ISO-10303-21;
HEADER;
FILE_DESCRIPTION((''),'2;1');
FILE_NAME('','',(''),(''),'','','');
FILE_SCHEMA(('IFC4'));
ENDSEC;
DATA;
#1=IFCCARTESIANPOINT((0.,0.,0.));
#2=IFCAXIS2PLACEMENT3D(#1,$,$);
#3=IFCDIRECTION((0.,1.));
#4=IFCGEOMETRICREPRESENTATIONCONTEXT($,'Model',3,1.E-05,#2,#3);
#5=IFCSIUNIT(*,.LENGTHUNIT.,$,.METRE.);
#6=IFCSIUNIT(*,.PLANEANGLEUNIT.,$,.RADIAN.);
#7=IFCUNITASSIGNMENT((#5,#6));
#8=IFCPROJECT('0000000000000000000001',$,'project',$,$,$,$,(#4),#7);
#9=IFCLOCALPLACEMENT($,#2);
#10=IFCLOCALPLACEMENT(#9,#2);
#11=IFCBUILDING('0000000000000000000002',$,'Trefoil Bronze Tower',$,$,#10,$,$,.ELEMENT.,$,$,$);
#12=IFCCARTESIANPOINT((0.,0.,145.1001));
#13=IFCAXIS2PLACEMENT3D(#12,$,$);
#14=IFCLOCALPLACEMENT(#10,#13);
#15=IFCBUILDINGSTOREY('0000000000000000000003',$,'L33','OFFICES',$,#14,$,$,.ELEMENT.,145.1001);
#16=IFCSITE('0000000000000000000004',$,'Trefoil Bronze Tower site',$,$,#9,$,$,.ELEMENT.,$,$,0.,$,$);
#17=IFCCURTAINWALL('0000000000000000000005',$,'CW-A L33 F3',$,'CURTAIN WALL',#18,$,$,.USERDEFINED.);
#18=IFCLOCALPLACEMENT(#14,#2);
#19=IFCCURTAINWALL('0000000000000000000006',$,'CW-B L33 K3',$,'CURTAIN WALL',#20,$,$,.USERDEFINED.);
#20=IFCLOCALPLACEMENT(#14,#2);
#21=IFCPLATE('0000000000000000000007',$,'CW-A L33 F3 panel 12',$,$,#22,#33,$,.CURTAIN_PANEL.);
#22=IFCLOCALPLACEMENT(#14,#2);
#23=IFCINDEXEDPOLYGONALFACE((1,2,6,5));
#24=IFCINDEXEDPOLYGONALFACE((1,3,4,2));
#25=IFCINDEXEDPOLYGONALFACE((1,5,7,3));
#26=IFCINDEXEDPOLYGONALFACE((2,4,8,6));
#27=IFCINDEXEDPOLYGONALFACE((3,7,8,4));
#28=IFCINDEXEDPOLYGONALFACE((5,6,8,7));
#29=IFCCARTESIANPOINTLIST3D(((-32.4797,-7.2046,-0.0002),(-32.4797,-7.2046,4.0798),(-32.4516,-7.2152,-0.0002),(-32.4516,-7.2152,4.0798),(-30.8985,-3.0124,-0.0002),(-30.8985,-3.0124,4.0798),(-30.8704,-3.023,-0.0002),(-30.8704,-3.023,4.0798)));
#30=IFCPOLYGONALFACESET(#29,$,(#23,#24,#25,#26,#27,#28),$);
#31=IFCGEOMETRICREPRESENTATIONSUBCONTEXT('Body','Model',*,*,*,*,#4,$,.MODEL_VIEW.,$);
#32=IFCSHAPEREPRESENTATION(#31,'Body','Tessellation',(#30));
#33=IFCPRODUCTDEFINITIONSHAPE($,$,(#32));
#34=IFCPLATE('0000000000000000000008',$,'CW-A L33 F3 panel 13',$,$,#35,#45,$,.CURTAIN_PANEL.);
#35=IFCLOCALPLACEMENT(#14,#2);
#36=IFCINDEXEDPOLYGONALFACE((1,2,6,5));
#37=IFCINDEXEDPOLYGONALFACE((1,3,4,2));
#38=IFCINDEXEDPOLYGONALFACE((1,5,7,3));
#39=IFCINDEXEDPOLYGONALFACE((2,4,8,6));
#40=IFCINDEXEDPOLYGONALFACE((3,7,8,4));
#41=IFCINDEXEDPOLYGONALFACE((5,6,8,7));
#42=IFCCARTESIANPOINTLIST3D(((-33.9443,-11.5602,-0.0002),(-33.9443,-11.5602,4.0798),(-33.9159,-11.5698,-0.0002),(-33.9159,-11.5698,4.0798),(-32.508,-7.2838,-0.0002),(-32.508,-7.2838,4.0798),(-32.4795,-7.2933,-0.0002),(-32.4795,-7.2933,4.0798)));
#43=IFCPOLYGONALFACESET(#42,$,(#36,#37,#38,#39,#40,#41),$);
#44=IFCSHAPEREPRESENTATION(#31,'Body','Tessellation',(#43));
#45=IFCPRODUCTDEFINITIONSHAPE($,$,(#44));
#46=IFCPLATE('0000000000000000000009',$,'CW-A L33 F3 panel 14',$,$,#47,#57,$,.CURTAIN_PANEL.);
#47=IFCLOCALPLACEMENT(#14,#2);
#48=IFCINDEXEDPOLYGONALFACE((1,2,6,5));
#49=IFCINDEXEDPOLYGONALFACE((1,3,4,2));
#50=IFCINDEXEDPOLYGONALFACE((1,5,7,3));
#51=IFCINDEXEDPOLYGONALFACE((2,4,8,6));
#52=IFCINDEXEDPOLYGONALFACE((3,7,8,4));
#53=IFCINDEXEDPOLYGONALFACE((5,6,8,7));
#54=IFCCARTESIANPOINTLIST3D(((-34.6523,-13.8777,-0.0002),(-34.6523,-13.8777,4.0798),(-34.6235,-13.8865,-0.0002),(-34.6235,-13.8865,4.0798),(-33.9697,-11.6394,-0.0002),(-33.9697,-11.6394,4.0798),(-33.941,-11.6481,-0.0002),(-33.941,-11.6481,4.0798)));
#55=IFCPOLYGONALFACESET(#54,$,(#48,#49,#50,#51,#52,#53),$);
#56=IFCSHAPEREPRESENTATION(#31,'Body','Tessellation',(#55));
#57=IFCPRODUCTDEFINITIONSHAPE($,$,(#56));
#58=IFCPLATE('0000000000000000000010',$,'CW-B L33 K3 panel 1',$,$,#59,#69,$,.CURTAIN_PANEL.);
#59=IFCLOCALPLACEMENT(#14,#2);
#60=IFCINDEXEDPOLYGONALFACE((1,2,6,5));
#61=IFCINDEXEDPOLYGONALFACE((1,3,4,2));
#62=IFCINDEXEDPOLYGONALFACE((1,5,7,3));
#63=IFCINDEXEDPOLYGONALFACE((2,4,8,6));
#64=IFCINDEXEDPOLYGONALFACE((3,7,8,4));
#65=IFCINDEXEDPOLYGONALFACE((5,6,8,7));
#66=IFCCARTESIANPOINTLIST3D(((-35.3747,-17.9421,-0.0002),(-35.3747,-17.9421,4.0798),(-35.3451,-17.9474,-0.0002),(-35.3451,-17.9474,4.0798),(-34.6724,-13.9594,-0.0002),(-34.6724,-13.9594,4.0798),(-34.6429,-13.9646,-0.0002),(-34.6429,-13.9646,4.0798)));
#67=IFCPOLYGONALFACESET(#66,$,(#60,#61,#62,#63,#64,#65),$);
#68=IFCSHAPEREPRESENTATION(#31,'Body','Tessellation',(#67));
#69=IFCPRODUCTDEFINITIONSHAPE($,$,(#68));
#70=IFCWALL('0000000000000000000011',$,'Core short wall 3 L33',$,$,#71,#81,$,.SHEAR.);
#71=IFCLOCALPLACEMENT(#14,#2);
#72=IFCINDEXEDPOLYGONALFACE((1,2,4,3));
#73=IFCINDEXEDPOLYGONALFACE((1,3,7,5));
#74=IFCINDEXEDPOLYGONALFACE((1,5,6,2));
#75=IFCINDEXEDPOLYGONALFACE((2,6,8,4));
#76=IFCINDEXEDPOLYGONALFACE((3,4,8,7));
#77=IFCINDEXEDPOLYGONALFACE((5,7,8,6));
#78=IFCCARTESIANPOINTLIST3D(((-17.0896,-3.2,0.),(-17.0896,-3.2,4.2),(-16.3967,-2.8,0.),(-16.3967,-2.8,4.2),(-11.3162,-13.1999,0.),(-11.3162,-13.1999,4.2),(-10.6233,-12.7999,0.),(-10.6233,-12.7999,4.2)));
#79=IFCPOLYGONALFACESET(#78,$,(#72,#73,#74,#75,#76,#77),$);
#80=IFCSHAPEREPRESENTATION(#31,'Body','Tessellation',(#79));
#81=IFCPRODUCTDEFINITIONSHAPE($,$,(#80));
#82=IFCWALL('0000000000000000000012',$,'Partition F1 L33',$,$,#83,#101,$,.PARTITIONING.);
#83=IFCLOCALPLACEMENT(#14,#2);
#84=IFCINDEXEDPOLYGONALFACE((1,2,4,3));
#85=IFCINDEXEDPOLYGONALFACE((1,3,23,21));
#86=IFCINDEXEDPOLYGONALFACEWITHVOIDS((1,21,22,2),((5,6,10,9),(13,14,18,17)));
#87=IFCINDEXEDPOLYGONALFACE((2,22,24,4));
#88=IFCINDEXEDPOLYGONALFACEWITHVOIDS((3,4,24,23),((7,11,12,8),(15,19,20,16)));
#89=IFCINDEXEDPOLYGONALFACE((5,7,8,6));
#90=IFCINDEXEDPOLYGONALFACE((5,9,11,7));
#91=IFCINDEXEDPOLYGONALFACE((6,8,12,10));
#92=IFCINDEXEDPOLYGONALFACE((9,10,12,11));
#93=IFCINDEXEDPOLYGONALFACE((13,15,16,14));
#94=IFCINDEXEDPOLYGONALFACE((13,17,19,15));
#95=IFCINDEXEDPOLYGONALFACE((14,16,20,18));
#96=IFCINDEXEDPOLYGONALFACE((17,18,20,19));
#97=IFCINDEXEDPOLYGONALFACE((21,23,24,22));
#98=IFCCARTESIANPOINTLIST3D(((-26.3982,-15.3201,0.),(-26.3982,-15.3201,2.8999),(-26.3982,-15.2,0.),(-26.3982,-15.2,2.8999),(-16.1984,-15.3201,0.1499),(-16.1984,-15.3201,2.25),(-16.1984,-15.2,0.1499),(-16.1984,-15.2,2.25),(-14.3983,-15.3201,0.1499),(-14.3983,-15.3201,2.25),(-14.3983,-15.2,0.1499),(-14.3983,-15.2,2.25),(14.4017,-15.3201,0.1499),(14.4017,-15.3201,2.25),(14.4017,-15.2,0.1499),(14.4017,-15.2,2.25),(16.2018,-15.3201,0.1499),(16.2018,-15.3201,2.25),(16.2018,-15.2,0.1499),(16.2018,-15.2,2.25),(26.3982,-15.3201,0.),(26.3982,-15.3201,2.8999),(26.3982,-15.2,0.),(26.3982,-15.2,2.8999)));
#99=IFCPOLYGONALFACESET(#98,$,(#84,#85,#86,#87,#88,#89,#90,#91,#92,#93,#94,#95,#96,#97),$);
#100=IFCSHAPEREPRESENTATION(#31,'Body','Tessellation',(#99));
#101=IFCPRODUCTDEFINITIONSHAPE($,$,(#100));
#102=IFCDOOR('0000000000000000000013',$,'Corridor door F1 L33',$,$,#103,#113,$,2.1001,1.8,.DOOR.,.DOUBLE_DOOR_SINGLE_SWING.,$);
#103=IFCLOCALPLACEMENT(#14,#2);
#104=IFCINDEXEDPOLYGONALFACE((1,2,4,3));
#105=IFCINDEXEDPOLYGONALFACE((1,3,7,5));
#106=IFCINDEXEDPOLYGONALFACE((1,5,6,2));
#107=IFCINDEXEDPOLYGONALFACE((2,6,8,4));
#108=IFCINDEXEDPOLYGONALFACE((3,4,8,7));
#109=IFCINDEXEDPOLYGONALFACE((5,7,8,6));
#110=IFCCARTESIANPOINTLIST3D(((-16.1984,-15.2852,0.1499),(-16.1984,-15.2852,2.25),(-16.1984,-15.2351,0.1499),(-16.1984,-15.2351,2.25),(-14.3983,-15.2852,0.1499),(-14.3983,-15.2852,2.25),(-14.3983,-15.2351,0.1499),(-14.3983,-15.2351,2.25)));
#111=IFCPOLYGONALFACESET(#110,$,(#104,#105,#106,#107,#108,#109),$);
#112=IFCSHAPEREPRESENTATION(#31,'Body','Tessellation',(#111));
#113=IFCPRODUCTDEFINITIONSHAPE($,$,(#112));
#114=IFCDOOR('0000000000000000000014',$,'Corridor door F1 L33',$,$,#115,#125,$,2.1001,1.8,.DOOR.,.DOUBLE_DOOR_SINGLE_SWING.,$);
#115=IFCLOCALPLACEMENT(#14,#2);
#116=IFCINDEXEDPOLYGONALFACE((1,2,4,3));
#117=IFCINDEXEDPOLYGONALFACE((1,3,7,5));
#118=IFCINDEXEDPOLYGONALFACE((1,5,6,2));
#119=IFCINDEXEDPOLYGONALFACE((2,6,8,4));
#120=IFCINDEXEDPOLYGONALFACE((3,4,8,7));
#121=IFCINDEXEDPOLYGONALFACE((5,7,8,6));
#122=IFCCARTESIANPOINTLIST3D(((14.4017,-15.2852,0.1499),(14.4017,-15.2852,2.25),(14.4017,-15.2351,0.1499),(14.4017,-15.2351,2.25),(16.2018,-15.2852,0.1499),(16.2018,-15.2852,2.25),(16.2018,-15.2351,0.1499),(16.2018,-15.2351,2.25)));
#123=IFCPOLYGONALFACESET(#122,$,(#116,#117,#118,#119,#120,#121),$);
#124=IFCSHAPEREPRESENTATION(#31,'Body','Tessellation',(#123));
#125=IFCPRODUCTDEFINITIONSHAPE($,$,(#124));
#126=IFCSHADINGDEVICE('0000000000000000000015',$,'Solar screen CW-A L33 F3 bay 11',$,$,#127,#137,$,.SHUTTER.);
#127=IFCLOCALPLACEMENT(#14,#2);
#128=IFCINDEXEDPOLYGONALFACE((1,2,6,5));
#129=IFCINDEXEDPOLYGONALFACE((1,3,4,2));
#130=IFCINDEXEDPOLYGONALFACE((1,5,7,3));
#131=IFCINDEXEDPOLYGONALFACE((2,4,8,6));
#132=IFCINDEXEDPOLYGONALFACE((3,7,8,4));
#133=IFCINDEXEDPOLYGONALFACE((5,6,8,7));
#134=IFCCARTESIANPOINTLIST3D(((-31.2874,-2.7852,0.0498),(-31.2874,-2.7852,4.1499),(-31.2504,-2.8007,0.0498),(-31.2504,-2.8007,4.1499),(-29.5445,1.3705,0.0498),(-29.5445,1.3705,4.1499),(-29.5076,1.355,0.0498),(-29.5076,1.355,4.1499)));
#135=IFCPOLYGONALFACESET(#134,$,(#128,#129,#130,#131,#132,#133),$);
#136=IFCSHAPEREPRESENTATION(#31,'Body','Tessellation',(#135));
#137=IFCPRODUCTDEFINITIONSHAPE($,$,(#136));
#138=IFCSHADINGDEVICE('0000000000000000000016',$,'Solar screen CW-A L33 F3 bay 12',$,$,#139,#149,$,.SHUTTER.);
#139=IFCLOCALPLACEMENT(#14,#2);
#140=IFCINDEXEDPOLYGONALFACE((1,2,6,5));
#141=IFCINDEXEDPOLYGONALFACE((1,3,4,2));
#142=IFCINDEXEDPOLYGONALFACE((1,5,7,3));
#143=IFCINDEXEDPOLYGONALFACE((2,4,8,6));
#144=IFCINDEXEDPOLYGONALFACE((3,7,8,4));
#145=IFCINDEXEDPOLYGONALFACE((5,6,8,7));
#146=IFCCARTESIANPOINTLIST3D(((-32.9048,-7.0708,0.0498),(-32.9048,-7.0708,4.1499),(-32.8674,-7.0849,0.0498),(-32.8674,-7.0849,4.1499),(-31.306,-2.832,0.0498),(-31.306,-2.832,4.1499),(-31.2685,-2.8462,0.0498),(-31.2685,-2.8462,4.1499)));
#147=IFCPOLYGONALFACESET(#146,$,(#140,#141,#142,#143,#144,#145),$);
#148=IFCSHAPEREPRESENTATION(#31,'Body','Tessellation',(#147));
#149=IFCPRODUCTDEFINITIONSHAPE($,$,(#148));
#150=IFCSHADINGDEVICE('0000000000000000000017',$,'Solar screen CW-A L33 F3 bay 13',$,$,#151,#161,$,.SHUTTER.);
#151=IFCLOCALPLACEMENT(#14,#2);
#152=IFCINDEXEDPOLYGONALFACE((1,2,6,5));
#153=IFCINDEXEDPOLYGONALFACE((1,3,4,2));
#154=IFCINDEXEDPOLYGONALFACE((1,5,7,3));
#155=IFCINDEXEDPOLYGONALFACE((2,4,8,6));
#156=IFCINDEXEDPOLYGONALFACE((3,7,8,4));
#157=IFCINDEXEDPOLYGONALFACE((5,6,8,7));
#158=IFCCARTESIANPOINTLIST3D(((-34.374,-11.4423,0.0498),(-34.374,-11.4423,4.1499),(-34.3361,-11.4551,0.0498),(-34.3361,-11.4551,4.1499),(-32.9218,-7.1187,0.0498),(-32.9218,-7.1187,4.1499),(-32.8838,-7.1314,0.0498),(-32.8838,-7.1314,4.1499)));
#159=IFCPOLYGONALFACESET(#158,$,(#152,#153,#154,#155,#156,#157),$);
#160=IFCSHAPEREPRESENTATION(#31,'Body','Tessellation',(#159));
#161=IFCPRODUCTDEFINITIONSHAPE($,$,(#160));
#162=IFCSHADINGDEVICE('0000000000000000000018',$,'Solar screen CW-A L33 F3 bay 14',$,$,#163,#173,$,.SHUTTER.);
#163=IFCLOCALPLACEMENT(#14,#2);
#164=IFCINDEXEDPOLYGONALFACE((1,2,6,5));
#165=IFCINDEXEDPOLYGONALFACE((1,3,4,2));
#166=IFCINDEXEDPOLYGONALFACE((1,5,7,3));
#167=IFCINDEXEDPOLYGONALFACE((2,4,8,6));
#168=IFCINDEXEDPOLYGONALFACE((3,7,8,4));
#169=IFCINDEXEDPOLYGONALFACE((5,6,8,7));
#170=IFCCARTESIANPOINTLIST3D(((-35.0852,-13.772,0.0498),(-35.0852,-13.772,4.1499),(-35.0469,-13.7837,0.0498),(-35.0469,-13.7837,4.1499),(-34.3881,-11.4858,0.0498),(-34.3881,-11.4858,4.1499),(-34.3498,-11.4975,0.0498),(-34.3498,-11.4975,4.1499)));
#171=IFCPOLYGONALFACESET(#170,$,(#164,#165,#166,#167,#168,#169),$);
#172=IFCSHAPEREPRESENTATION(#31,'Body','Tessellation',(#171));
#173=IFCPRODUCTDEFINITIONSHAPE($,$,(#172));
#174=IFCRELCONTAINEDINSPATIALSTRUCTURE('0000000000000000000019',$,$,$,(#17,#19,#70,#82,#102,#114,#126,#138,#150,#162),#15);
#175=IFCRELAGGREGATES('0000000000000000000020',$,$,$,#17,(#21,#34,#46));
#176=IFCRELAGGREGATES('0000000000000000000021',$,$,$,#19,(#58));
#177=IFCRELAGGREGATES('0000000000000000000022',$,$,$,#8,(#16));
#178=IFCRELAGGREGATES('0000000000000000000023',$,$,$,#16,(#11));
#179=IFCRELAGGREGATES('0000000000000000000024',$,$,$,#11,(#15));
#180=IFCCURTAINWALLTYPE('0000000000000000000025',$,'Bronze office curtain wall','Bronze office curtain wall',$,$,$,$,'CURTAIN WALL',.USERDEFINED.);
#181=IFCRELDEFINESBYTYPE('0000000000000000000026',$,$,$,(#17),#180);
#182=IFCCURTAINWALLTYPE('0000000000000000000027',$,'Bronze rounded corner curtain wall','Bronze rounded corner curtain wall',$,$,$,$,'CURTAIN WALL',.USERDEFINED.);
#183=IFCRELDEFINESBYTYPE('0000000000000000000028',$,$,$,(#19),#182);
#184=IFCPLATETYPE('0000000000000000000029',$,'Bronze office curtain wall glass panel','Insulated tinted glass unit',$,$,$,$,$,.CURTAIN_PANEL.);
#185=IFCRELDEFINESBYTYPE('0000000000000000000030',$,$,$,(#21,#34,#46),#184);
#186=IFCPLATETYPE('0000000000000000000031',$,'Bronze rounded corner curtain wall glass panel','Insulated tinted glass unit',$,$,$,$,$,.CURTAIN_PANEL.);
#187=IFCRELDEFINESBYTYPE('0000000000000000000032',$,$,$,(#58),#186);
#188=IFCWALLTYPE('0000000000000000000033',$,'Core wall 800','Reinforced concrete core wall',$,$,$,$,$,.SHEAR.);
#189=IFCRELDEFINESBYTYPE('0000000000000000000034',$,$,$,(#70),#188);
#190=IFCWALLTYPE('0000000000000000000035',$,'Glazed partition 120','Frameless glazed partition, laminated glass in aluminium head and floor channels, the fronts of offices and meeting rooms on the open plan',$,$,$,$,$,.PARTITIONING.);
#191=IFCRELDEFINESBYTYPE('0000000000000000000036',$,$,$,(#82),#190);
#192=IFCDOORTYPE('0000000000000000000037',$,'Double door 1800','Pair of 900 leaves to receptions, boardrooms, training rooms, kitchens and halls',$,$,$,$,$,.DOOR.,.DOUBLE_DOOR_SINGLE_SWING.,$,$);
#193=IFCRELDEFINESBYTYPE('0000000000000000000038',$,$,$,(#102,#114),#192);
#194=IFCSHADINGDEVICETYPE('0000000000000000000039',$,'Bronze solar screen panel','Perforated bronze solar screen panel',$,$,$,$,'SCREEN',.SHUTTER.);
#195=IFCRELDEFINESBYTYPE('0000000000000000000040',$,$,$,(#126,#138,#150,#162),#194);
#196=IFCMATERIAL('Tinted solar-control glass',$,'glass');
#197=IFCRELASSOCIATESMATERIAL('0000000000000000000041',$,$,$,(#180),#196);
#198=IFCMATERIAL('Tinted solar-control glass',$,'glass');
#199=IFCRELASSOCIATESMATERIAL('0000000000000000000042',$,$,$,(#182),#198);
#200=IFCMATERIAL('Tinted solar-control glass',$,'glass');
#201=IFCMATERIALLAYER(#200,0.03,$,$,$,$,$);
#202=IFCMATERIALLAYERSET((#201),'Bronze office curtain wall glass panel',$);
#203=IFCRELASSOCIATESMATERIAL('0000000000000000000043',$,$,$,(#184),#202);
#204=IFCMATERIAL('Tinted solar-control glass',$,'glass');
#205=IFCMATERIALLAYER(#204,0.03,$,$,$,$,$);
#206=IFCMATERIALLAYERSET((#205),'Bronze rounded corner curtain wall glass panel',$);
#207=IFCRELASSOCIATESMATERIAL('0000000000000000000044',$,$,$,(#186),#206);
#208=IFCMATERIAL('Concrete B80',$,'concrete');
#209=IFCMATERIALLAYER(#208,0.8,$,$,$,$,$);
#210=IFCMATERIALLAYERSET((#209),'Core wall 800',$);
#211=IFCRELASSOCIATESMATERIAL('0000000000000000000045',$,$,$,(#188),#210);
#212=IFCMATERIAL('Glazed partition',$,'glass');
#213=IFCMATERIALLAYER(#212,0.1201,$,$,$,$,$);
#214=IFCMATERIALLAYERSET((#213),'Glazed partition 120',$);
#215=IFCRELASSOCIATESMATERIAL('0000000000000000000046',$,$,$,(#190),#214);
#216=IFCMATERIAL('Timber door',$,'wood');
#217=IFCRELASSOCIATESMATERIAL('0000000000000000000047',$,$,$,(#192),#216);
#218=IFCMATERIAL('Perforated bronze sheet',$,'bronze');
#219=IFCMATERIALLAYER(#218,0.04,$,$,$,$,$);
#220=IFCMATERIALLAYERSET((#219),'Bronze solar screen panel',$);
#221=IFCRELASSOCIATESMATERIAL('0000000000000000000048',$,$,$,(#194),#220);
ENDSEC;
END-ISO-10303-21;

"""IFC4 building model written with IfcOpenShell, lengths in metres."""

from ifc_helpers import new_model, si_unit, direction, frame, frame_2d, origin, origin_2d, place, context, subcontext, project, spatial, rectangle, extrude, material, layer, layer_set, type_object, element, fill, aggregate, save


model = new_model("IFC4")

# Units and contexts
model_context = context("Model", 3, precision=1e-05, world=origin(), true_north=direction((0.0, 1.0)))
body_context = subcontext(model_context, "Body", "Model", "MODEL_VIEW")
ifc_project = project(units=[si_unit("LENGTHUNIT", "METRE"), si_unit("PLANEANGLEUNIT", "RADIAN")], contexts=[model_context])

# Site, building, storey
site_placement = place(None, origin())
site = spatial("IfcSite", under=ifc_project, at=site_placement, Name="Trefoil Bronze Tower site", CompositionType="ELEMENT", RefElevation=0.0)
building_placement = place(site_placement, origin())
building = spatial("IfcBuilding", under=site, at=building_placement, Name="Trefoil Bronze Tower", CompositionType="ELEMENT")
storey_placement = place(building_placement, frame((0.0, 0.0, 145.1001)))
storey = spatial("IfcBuildingStorey", under=building, at=storey_placement, Name="L33", Description="OFFICES", CompositionType="ELEMENT", Elevation=145.1001)

# Curtain walls
ifc_material_1 = material(Name="Tinted solar-control glass", Category="glass")
curtain_wall_type_1 = type_object("IfcCurtainWallType", Name="Bronze office curtain wall", Description="Bronze office curtain wall", ElementType="CURTAIN WALL", PredefinedType="USERDEFINED", material=ifc_material_1)
curtain_wall_1_placement = place(storey_placement, origin())
curtain_wall_1 = element("IfcCurtainWall", 1, at=curtain_wall_1_placement, inside=storey, type_object=curtain_wall_type_1, Name="CW-A L33 F3", ObjectType="CURTAIN WALL", PredefinedType="USERDEFINED")
ifc_material_2 = material(Name="Tinted solar-control glass", Category="glass")
curtain_wall_type_2 = type_object("IfcCurtainWallType", Name="Bronze rounded corner curtain wall", Description="Bronze rounded corner curtain wall", ElementType="CURTAIN WALL", PredefinedType="USERDEFINED", material=ifc_material_2)
curtain_wall_2_placement = place(storey_placement, origin())
curtain_wall_2 = element("IfcCurtainWall", 2, at=curtain_wall_2_placement, inside=storey, type_object=curtain_wall_type_2, Name="CW-B L33 K3", ObjectType="CURTAIN WALL", PredefinedType="USERDEFINED")

# Plates
ifc_material_3 = material(Name="Tinted solar-control glass", Category="glass")
ifc_layer_1 = layer(ifc_material_3, 0.03)
ifc_layer_set_1 = layer_set([ifc_layer_1], Name="Bronze office curtain wall glass panel")
plate_type_1 = type_object("IfcPlateType", Name="Bronze office curtain wall glass panel", Description="Insulated tinted glass unit", PredefinedType="CURTAIN_PANEL", material=ifc_layer_set_1)
plate_1_placement = place(storey_placement, frame((-31.675, -5.1138, -0.0002), z_axis=(0.0, 0.0, 1.0), x_axis=(-0.35292, -0.935654, 0.0)))
plate_1 = element("IfcPlate", 3, at=plate_1_placement, type_object=plate_type_1, Name="CW-A L33 F3 panel 12", PredefinedType="CURTAIN_PANEL", context=body_context, shape_type="SweptSolid", body=[
    extrude(rectangle(XDim=4.4805, YDim=0.03, at=origin_2d()), origin(), (0.0, 0.0, 1.0), 4.0801),
])
plate_2_placement = place(storey_placement, frame((-33.2119, -9.4268, -0.0002), z_axis=(0.0, 0.0, 1.0), x_axis=(-0.318404, -0.947955, 0.0)))
plate_2 = element("IfcPlate", 4, at=plate_2_placement, type_object=plate_type_1, Name="CW-A L33 F3 panel 13", PredefinedType="CURTAIN_PANEL", context=body_context, shape_type="SweptSolid", body=[
    extrude(rectangle(XDim=4.5112, YDim=0.03, at=origin_2d()), origin(), (0.0, 0.0, 1.0), 4.0801),
])
plate_3_placement = place(storey_placement, frame((-34.2966, -12.7629, -0.0002), z_axis=(0.0, 0.0, 1.0), x_axis=(-0.291669, -0.956519, 0.0)))
plate_3 = element("IfcPlate", 5, at=plate_3_placement, type_object=plate_type_1, Name="CW-A L33 F3 panel 14", PredefinedType="CURTAIN_PANEL", context=body_context, shape_type="SweptSolid", body=[
    extrude(rectangle(XDim=2.3401, YDim=0.03, at=origin_2d()), origin(), (0.0, 0.0, 1.0), 4.0801),
])
aggregate(curtain_wall_1, [plate_1, plate_2, plate_3])
ifc_material_4 = material(Name="Tinted solar-control glass", Category="glass")
ifc_layer_2 = layer(ifc_material_4, 0.03)
ifc_layer_set_2 = layer_set([ifc_layer_2], Name="Bronze rounded corner curtain wall glass panel")
plate_type_2 = type_object("IfcPlateType", Name="Bronze rounded corner curtain wall glass panel", Description="Insulated tinted glass unit", PredefinedType="CURTAIN_PANEL", material=ifc_layer_set_2)
plate_4_placement = place(storey_placement, frame((-35.0088, -15.9534, -0.0002), z_axis=(0.0, 0.0, 1.0), x_axis=(-0.173648, -0.984808, 0.0)))
plate_4 = element("IfcPlate", 6, at=plate_4_placement, type_object=plate_type_2, Name="CW-B L33 K3 panel 1", PredefinedType="CURTAIN_PANEL", context=body_context, shape_type="SweptSolid", body=[
    extrude(rectangle(XDim=4.0442, YDim=0.03, at=origin_2d()), origin(), (0.0, 0.0, 1.0), 4.0801),
])
aggregate(curtain_wall_2, [plate_4])

# Wall
ifc_material_5 = material(Name="Concrete B80", Category="concrete")
ifc_layer_3 = layer(ifc_material_5, 0.8)
ifc_layer_set_3 = layer_set([ifc_layer_3], Name="Core wall 800")
wall_type_1 = type_object("IfcWallType", Name="Core wall 800", Description="Reinforced concrete core wall", PredefinedType="SHEAR", material=ifc_layer_set_3)
wall_1_placement = place(storey_placement, frame((-16.7432, -3.0, 0.0), z_axis=(0.0, 0.0, 1.0), x_axis=(0.499996, -0.866028, 0.0)))
element("IfcWall", 7, at=wall_1_placement, inside=storey, type_object=wall_type_1, Name="Core short wall 3 L33", PredefinedType="SHEAR", context=body_context, shape_type="SweptSolid", body=[
    extrude(rectangle(XDim=11.5469, YDim=0.8, at=frame_2d((5.7734, 0.0))), origin(), (0.0, 0.0, 1.0), 4.2),
])

# Wall, openings, doors
ifc_material_6 = material(Name="Glazed partition", Category="glass")
ifc_layer_4 = layer(ifc_material_6, 0.1201)
ifc_layer_set_4 = layer_set([ifc_layer_4], Name="Glazed partition 120")
wall_type_2 = type_object("IfcWallType", Name="Glazed partition 120", Description="Frameless glazed partition, laminated glass in aluminium head and floor channels, the fronts of offices and meeting rooms on the open plan", PredefinedType="PARTITIONING", material=ifc_layer_set_4)
wall_2_placement = place(storey_placement, frame((-26.3982, -15.26, 0.0), z_axis=(0.0, 0.0, 1.0), x_axis=(1.0, 0.0, 0.0)))
wall_2 = element("IfcWall", 8, at=wall_2_placement, inside=storey, type_object=wall_type_2, Name="Partition F1 L33", PredefinedType="PARTITIONING", context=body_context, shape_type="SweptSolid", body=[
    extrude(rectangle(XDim=52.7964, YDim=0.1201, at=frame_2d((26.3982, 0.0))), origin(), (0.0, 0.0, 1.0), 2.8999),
])
opening_1_placement = place(wall_2_placement, frame((10.2, 0.0, 0.1499)))
opening_1 = element("IfcOpeningElement", 9, at=opening_1_placement, cuts=wall_2, PredefinedType="OPENING", context=body_context, shape_type="SweptSolid", body=[
    extrude(rectangle(XDim=1.8, YDim=2.1001, at=frame_2d((0.8999, 1.05))), frame((0.0, 0.0701, 0.0), z_axis=(0.0, -1.0, 0.0), x_axis=(1.0, 0.0, 0.0)), (0.0, 0.0, 1.0), 0.1401),
])
opening_2_placement = place(wall_2_placement, frame((40.8, 0.0, 0.1499)))
opening_2 = element("IfcOpeningElement", 10, at=opening_2_placement, cuts=wall_2, PredefinedType="OPENING", context=body_context, shape_type="SweptSolid", body=[
    extrude(rectangle(XDim=1.8, YDim=2.1001, at=frame_2d((0.8999, 1.05))), frame((0.0, 0.0701, 0.0), z_axis=(0.0, -1.0, 0.0), x_axis=(1.0, 0.0, 0.0)), (0.0, 0.0, 1.0), 0.1401),
])
ifc_material_7 = material(Name="Timber door", Category="wood")
door_type = type_object("IfcDoorType", Name="Double door 1800", Description="Pair of 900 leaves to receptions, boardrooms, training rooms, kitchens and halls", OperationType="DOUBLE_DOOR_SINGLE_SWING", PredefinedType="DOOR", material=ifc_material_7)
door_1_placement = place(opening_1_placement, origin())
door_1 = element("IfcDoor", 11, at=door_1_placement, inside=storey, type_object=door_type, Name="Corridor door F1 L33", OperationType="DOUBLE_DOOR_SINGLE_SWING", OverallHeight=2.1001, OverallWidth=1.8, PredefinedType="DOOR", context=body_context, shape_type="SweptSolid", body=[
    extrude(rectangle(XDim=1.8, YDim=2.1001, at=frame_2d((0.8999, 1.05))), frame((0.0, 0.0249, 0.0), z_axis=(0.0, -1.0, 0.0), x_axis=(1.0, 0.0, 0.0)), (0.0, 0.0, 1.0), 0.05),
])
fill(opening_1, door_1)
door_2_placement = place(opening_2_placement, origin())
door_2 = element("IfcDoor", 12, at=door_2_placement, inside=storey, type_object=door_type, Name="Corridor door F1 L33", OperationType="DOUBLE_DOOR_SINGLE_SWING", OverallHeight=2.1001, OverallWidth=1.8, PredefinedType="DOOR", context=body_context, shape_type="SweptSolid", body=[
    extrude(rectangle(XDim=1.8, YDim=2.1001, at=frame_2d((0.8999, 1.05))), frame((0.0, 0.0249, 0.0), z_axis=(0.0, -1.0, 0.0), x_axis=(1.0, 0.0, 0.0)), (0.0, 0.0, 1.0), 0.05),
])
fill(opening_2, door_2)

# Shading devices
ifc_material_8 = material(Name="Perforated bronze sheet", Category="bronze")
ifc_layer_5 = layer(ifc_material_8, 0.04)
ifc_layer_set_5 = layer_set([ifc_layer_5], Name="Bronze solar screen panel")
shading_device_type = type_object("IfcShadingDeviceType", Name="Bronze solar screen panel", Description="Perforated bronze solar screen panel", ElementType="SCREEN", PredefinedType="SHUTTER", material=ifc_layer_set_5)
shading_device_1_placement = place(storey_placement, frame((-30.3975, -0.7151, 0.0498), z_axis=(0.0, 0.0, 1.0), x_axis=(-0.386759, -0.922181, 0.0)))
element("IfcShadingDevice", 13, at=shading_device_1_placement, inside=storey, type_object=shading_device_type, Name="Solar screen CW-A L33 F3 bay 11", PredefinedType="SHUTTER", context=body_context, shape_type="SweptSolid", body=[
    extrude(rectangle(XDim=4.5063, YDim=0.04, at=origin_2d()), origin(), (0.0, 0.0, 1.0), 4.1001),
])
shading_device_2_placement = place(storey_placement, frame((-32.0867, -4.9585, 0.0498), z_axis=(0.0, 0.0, 1.0), x_axis=(-0.35292, -0.935654, 0.0)))
element("IfcShadingDevice", 14, at=shading_device_2_placement, inside=storey, type_object=shading_device_type, Name="Solar screen CW-A L33 F3 bay 12", PredefinedType="SHUTTER", context=body_context, shape_type="SweptSolid", body=[
    extrude(rectangle(XDim=4.5303, YDim=0.04, at=origin_2d()), origin(), (0.0, 0.0, 1.0), 4.1001),
])
shading_device_3_placement = place(storey_placement, frame((-33.6289, -9.2869, 0.0498), z_axis=(0.0, 0.0, 1.0), x_axis=(-0.318404, -0.947955, 0.0)))
element("IfcShadingDevice", 15, at=shading_device_3_placement, inside=storey, type_object=shading_device_type, Name="Solar screen CW-A L33 F3 bay 13", PredefinedType="SHUTTER", context=body_context, shape_type="SweptSolid", body=[
    extrude(rectangle(XDim=4.561, YDim=0.04, at=origin_2d()), origin(), (0.0, 0.0, 1.0), 4.1001),
])
shading_device_4_placement = place(storey_placement, frame((-34.7175, -12.6348, 0.0498), z_axis=(0.0, 0.0, 1.0), x_axis=(-0.291669, -0.956519, 0.0)))
element("IfcShadingDevice", 16, at=shading_device_4_placement, inside=storey, type_object=shading_device_type, Name="Solar screen CW-A L33 F3 bay 14", PredefinedType="SHUTTER", context=body_context, shape_type="SweptSolid", body=[
    extrude(rectangle(XDim=2.3901, YDim=0.04, at=origin_2d()), origin(), (0.0, 0.0, 1.0), 4.1001),
])

save(model, "model.ifc")
